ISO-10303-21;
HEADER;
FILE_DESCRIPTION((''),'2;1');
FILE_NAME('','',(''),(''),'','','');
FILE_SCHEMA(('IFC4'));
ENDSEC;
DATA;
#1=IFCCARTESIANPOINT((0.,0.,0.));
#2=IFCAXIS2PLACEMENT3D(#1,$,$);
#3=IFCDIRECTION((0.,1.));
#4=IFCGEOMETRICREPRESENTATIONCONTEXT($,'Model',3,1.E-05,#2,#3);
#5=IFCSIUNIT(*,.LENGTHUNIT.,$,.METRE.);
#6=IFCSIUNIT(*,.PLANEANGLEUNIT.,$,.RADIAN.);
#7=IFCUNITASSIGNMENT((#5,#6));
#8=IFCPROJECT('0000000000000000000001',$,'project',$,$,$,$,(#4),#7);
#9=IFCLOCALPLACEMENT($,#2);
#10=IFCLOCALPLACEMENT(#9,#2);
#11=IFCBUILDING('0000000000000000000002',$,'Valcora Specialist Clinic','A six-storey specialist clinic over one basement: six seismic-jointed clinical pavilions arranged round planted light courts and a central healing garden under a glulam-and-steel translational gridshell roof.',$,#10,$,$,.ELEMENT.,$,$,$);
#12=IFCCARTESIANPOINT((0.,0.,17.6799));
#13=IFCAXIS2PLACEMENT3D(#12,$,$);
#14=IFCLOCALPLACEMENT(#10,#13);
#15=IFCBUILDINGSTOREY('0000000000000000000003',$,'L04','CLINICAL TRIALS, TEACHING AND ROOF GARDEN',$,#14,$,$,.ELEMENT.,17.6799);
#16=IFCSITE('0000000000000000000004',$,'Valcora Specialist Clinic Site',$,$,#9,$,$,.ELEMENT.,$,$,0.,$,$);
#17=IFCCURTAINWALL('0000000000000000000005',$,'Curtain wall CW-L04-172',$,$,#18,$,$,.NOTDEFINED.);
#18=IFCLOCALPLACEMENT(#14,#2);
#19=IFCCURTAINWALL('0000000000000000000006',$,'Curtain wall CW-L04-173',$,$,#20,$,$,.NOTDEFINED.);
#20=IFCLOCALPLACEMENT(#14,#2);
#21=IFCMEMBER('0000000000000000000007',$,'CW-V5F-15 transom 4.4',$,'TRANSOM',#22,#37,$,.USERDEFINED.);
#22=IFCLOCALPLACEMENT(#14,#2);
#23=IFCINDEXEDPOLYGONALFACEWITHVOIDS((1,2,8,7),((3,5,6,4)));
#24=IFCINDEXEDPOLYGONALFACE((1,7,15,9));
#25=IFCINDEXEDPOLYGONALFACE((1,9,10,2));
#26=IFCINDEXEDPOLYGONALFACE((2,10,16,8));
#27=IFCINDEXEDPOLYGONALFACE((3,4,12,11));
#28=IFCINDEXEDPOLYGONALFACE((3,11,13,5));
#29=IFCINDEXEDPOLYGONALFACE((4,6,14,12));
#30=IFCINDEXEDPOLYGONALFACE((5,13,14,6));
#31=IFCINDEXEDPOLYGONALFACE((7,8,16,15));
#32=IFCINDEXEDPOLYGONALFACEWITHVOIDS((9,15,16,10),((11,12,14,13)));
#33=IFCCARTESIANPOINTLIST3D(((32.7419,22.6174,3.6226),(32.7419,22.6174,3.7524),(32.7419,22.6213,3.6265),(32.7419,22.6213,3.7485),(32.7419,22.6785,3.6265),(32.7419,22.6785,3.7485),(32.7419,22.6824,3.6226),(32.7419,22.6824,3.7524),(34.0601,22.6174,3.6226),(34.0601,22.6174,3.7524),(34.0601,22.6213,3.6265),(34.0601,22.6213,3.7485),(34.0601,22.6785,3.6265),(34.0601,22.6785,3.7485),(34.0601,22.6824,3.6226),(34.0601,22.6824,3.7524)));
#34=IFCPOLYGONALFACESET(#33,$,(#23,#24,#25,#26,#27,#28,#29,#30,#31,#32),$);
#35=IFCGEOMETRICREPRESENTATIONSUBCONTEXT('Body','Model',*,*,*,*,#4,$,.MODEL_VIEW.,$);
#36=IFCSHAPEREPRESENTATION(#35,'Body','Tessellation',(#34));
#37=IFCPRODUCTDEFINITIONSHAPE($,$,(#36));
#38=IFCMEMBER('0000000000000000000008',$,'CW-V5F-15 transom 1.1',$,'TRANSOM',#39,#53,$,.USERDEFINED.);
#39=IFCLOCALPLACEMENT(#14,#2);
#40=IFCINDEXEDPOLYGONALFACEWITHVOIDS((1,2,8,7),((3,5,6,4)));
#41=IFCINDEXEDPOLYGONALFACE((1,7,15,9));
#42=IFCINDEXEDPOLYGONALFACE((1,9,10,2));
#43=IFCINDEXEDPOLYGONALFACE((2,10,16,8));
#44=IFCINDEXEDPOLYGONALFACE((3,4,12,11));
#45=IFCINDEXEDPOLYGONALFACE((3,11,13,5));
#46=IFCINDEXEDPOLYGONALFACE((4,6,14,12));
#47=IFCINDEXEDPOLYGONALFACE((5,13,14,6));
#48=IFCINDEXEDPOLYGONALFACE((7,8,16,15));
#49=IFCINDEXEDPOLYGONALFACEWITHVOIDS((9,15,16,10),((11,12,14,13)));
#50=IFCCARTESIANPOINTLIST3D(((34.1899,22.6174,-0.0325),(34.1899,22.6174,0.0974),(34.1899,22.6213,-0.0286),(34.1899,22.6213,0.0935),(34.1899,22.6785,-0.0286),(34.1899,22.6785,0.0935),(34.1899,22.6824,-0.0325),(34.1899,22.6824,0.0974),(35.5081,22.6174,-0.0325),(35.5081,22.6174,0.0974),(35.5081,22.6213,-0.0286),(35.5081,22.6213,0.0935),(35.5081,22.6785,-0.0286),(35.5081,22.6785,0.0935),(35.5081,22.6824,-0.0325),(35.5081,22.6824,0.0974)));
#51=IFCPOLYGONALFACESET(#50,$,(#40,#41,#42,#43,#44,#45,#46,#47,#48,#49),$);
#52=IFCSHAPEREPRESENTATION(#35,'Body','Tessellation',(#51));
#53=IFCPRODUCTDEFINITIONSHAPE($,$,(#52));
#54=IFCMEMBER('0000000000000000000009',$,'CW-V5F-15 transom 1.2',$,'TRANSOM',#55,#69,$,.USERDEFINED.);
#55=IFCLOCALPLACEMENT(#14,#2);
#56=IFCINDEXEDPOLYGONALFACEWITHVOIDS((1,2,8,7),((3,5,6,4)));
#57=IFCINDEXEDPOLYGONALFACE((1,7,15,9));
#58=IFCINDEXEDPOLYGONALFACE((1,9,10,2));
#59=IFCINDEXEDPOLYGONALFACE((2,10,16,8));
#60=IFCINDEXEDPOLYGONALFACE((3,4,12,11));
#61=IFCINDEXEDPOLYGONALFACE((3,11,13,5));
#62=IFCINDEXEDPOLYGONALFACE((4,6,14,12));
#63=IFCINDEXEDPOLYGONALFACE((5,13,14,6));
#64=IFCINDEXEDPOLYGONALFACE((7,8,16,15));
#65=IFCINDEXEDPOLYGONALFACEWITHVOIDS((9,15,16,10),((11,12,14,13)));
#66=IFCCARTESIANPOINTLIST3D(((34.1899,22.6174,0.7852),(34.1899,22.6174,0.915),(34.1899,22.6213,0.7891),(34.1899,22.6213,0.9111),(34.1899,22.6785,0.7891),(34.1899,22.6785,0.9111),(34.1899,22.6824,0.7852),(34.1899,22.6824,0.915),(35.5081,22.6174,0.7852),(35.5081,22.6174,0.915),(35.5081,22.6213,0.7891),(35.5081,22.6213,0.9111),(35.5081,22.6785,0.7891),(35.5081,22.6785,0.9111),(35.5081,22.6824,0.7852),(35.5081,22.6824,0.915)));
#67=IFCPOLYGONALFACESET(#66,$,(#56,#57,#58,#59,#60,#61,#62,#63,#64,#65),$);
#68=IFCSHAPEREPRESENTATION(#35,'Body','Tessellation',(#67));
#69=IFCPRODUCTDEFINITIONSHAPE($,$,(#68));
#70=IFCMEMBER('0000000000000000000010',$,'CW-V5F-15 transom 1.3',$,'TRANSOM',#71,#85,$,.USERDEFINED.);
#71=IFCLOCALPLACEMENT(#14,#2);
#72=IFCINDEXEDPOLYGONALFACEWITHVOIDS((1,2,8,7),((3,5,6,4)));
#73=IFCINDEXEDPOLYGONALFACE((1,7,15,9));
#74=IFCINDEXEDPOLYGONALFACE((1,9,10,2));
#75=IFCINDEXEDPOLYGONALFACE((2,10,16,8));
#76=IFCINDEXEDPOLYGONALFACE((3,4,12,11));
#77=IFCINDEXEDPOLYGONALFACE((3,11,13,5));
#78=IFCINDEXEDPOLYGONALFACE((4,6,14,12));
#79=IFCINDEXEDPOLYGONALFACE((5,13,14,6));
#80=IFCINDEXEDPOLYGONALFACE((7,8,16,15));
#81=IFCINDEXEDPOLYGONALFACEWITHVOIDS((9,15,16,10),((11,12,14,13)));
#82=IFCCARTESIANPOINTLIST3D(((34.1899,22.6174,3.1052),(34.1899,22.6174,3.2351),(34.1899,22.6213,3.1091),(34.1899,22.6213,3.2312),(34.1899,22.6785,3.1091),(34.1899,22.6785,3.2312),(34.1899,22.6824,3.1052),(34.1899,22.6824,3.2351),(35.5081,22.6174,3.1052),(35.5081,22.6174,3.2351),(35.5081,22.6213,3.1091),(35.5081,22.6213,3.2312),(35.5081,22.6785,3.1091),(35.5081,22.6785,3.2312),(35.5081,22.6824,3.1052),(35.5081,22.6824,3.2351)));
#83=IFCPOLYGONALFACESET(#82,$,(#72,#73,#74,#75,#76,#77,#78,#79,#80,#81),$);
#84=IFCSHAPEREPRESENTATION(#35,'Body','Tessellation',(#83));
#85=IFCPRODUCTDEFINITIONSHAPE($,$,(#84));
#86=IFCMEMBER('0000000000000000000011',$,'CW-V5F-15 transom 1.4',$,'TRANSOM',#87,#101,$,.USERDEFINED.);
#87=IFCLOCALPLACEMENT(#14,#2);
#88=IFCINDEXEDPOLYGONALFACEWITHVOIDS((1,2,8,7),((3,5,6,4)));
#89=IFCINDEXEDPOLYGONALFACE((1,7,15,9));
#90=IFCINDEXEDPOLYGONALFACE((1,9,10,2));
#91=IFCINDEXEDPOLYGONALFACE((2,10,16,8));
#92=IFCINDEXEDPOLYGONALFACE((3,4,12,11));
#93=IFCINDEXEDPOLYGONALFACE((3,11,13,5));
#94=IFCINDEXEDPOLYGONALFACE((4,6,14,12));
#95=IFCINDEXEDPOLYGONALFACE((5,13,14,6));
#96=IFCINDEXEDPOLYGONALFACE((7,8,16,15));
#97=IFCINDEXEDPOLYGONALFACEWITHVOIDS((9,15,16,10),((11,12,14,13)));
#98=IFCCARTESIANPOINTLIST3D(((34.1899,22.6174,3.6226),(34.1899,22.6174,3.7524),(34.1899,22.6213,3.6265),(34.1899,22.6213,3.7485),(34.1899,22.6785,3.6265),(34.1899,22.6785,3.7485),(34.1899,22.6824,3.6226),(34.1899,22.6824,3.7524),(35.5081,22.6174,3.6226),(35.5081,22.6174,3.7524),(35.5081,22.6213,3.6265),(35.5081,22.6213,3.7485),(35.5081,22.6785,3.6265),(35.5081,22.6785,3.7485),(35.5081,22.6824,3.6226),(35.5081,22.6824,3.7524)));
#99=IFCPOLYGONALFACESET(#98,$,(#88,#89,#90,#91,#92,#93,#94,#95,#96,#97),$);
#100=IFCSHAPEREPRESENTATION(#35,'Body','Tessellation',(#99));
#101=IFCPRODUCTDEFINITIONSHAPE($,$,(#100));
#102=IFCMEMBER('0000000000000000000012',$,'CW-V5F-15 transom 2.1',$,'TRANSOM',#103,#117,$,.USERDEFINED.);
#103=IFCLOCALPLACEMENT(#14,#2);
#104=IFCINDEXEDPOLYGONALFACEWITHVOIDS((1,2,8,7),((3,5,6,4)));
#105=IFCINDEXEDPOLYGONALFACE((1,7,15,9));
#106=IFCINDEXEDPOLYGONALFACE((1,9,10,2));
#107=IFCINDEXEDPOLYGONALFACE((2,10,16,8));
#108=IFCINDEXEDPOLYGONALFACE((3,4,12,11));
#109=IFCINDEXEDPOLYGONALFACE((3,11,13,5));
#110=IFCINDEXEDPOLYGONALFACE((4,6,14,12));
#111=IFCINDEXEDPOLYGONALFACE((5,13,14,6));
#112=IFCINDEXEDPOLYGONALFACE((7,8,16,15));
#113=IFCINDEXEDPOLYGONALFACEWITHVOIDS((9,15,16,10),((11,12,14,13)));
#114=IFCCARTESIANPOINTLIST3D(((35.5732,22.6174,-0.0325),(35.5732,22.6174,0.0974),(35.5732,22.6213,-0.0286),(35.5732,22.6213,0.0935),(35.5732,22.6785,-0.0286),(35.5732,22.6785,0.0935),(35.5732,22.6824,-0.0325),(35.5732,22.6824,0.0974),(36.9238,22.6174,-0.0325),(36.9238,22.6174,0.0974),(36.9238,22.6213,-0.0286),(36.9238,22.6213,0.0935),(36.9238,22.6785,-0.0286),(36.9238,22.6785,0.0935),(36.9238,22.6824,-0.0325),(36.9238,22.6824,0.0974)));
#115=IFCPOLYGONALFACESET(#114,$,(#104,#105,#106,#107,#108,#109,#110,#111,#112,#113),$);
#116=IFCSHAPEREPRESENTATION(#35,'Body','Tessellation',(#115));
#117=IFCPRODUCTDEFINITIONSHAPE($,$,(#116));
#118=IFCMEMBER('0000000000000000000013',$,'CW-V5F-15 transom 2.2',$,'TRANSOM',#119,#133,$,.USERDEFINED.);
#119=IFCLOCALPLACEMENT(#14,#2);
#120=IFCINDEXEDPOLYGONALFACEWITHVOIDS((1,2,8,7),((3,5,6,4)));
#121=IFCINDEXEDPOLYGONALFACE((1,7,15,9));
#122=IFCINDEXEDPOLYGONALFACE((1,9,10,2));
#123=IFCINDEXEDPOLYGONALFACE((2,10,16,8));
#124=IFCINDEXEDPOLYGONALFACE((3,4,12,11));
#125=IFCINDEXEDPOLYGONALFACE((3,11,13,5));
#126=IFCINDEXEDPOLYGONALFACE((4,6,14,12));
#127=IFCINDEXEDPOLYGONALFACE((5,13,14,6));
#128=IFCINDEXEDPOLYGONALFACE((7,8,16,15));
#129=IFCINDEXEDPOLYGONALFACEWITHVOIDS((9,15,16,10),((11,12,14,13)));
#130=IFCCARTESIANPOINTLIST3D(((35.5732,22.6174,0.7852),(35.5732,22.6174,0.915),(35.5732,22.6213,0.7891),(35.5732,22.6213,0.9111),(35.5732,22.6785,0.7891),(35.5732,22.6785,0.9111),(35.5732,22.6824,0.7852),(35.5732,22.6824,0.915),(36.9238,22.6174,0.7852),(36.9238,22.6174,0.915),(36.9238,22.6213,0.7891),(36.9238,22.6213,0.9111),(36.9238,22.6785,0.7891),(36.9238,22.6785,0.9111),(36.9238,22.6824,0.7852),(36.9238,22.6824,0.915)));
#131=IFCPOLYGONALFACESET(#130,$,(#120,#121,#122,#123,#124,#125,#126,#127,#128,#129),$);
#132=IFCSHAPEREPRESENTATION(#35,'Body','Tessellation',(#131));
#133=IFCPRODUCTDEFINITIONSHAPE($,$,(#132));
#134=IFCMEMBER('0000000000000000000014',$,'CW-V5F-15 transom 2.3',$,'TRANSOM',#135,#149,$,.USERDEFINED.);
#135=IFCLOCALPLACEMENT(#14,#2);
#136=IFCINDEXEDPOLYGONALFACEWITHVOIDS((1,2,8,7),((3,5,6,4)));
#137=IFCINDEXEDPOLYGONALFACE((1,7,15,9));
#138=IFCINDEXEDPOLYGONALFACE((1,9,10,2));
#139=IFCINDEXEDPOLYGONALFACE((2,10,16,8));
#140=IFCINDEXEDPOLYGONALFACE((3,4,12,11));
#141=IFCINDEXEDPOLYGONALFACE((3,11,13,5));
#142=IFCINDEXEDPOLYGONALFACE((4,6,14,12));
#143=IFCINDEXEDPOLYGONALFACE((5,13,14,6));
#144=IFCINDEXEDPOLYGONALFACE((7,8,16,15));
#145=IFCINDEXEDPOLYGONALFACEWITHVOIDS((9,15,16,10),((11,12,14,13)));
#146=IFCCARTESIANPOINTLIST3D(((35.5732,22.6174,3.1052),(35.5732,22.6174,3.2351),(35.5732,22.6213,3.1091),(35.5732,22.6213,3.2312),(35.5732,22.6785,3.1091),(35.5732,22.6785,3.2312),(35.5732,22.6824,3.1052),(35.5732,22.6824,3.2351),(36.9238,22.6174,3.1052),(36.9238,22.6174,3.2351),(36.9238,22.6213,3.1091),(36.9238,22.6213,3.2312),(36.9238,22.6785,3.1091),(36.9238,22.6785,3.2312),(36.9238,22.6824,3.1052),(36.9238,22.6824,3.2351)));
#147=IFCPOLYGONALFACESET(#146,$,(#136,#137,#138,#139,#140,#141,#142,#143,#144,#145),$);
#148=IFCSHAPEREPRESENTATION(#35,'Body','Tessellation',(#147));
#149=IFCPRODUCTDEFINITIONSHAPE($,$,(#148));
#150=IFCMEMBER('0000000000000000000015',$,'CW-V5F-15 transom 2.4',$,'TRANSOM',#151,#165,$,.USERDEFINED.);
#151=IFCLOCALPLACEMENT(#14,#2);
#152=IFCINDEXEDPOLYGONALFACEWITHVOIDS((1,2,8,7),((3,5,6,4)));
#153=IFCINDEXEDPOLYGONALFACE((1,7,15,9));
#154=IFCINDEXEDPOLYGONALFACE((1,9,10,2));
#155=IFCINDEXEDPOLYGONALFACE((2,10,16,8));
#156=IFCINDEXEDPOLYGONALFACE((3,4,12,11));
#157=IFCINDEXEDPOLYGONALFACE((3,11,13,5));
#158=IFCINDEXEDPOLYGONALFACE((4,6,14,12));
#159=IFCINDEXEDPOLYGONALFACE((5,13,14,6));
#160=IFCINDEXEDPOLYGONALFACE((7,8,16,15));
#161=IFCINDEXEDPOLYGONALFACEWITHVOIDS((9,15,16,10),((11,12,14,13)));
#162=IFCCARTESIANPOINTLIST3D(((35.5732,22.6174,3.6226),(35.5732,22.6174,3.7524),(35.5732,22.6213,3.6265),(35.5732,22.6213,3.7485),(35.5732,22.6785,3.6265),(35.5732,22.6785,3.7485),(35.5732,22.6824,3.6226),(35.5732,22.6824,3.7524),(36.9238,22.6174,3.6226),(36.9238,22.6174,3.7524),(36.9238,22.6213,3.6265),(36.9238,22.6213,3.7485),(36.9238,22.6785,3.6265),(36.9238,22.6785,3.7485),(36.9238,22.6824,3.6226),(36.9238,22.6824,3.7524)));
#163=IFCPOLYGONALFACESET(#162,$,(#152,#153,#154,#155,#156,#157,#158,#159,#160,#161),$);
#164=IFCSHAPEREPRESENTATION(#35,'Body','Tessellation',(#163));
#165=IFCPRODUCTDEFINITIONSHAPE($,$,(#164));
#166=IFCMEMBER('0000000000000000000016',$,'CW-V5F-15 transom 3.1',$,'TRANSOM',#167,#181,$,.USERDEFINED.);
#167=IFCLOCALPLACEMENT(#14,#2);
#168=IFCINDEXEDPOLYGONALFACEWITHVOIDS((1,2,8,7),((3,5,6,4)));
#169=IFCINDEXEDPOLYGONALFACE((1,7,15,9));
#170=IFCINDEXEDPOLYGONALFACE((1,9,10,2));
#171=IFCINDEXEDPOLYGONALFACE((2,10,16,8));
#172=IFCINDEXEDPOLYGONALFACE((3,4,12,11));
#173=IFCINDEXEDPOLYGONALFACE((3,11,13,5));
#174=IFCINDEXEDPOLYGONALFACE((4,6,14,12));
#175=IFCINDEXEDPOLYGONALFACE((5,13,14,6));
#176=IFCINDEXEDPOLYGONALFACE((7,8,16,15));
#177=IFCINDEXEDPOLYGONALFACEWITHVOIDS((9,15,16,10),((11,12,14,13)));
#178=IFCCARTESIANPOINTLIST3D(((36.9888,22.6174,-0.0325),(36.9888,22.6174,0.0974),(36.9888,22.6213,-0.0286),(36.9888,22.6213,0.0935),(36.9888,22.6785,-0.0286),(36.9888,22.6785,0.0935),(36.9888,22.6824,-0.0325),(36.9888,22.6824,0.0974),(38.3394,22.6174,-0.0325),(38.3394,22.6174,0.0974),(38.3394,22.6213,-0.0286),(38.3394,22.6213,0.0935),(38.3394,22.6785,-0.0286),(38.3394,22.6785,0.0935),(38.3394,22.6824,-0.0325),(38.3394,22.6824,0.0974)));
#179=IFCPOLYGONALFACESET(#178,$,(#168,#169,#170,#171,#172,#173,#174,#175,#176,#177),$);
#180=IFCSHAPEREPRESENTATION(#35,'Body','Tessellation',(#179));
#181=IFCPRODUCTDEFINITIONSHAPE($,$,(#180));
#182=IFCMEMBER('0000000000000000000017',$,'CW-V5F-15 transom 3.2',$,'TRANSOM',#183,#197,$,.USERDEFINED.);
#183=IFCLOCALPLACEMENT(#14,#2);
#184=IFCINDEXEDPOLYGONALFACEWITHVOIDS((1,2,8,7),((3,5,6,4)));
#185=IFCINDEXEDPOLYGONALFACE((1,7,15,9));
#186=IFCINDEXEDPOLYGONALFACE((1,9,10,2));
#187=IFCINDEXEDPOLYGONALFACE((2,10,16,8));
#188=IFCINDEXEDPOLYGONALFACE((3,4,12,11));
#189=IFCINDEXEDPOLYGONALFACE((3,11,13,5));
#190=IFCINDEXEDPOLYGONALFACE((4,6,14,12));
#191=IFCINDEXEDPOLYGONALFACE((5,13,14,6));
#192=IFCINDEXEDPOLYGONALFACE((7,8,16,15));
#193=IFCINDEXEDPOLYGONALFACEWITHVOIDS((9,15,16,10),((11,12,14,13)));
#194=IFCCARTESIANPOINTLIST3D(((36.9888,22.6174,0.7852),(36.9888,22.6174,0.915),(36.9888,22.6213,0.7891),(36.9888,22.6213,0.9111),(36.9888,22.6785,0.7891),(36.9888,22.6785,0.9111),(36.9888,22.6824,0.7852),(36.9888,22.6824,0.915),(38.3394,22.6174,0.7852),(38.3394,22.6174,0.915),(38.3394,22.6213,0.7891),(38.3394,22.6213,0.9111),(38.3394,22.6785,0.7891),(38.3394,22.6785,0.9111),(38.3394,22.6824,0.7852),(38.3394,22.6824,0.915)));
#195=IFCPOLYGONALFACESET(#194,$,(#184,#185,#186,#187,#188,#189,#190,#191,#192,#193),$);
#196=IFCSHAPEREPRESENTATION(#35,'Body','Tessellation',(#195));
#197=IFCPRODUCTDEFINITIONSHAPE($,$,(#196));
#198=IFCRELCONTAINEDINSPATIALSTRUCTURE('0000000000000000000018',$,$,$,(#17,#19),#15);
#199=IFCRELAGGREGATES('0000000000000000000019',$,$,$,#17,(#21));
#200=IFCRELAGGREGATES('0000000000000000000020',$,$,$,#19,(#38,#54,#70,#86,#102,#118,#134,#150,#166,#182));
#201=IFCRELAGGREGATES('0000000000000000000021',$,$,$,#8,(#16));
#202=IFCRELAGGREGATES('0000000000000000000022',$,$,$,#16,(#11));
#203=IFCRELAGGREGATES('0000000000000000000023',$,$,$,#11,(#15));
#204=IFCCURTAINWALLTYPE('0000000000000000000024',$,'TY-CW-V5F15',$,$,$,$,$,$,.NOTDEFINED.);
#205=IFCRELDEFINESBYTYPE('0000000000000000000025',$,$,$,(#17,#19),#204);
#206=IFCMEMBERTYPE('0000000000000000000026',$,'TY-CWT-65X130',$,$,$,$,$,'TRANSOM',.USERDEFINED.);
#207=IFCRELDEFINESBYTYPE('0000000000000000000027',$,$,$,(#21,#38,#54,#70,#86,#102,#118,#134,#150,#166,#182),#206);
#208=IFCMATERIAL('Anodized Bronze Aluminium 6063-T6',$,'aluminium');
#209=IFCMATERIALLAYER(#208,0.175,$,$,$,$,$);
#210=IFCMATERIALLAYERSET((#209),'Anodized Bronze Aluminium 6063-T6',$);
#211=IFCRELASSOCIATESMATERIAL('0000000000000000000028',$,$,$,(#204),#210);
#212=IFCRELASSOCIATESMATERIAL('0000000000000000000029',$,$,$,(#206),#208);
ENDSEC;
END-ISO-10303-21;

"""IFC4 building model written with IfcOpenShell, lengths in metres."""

from ifc_helpers import new_model, si_unit, direction, frame, origin, origin_2d, place, context, subcontext, project, spatial, hollow_rectangle, extrude, material, layer, layer_set, material_profile, profile_set, type_object, element, aggregate, save


model = new_model("IFC4")

# Units and contexts
model_context = context("Model", 3, precision=1e-05, world=origin(), true_north=direction((0.0, 1.0)))
body_context = subcontext(model_context, "Body", "Model", "MODEL_VIEW")
ifc_project = project(units=[si_unit("LENGTHUNIT", "METRE"), si_unit("PLANEANGLEUNIT", "RADIAN")], contexts=[model_context])

# Site, building, storey
site_placement = place(None, origin())
site = spatial("IfcSite", under=ifc_project, at=site_placement, Name="Valcora Specialist Clinic Site", CompositionType="ELEMENT", RefElevation=0.0)
building_placement = place(site_placement, origin())
building = spatial("IfcBuilding", under=site, at=building_placement, Name="Valcora Specialist Clinic", Description="A six-storey specialist clinic over one basement: six seismic-jointed clinical pavilions arranged round planted light courts and a central healing garden under a glulam-and-steel translational gridshell roof.", CompositionType="ELEMENT")
storey_placement = place(building_placement, frame((0.0, 0.0, 17.6799)))
storey = spatial("IfcBuildingStorey", under=building, at=storey_placement, Name="L04", Description="CLINICAL TRIALS, TEACHING AND ROOF GARDEN", CompositionType="ELEMENT", Elevation=17.6799)

# Curtain walls
ifc_material_1 = material(Name="Anodized Bronze Aluminium 6063-T6", Category="aluminium")
ifc_layer_1 = layer(ifc_material_1, 0.175)
ifc_layer_set_1 = layer_set([ifc_layer_1], Name="Anodized Bronze Aluminium 6063-T6")
curtain_wall_type = type_object("IfcCurtainWallType", Name="TY-CW-V5F15", PredefinedType="NOTDEFINED", material=ifc_layer_set_1)
curtain_wall_1_placement = place(storey_placement, origin())
curtain_wall_1 = element("IfcCurtainWall", 1, at=curtain_wall_1_placement, inside=storey, type_object=curtain_wall_type, Name="Curtain wall CW-L04-172", PredefinedType="NOTDEFINED")
curtain_wall_2_placement = place(storey_placement, origin())
curtain_wall_2 = element("IfcCurtainWall", 2, at=curtain_wall_2_placement, inside=storey, type_object=curtain_wall_type, Name="Curtain wall CW-L04-173", PredefinedType="NOTDEFINED")

# Members
ifc_material_profile_1 = material_profile(ifc_material_1, hollow_rectangle(XDim=0.0649, YDim=0.1299, WallThickness=0.0039, at=origin_2d()), Name="AL-TRN-65X130")
ifc_profile_set_1 = profile_set([ifc_material_profile_1], Name="Anodized Bronze Aluminium 6063-T6")
member_type_1 = type_object("IfcMemberType", Name="TY-CWT-65X130", ElementType="TRANSOM", PredefinedType="USERDEFINED", material=ifc_profile_set_1)
member_1_placement = place(storey_placement, frame((32.7419, 22.6499, 3.6875), z_axis=(1.0, 0.0, 0.0), x_axis=(0.0, 1.0, 0.0)))
member_1 = element("IfcMember", 3, at=member_1_placement, type_object=member_type_1, Name="CW-V5F-15 transom 4.4", ObjectType="TRANSOM", PredefinedType="USERDEFINED", context=body_context, shape_type="SweptSolid", body=[
    extrude(hollow_rectangle(XDim=0.0649, YDim=0.1299, WallThickness=0.0039, at=origin_2d()), origin(), (0.0, 0.0, 1.0), 1.3181),
])
member_2_placement = place(storey_placement, frame((34.1899, 22.6499, 0.0325), z_axis=(1.0, 0.0, 0.0), x_axis=(0.0, 1.0, 0.0)))
member_2 = element("IfcMember", 4, at=member_2_placement, type_object=member_type_1, Name="CW-V5F-15 transom 1.1", ObjectType="TRANSOM", PredefinedType="USERDEFINED", context=body_context, shape_type="SweptSolid", body=[
    extrude(hollow_rectangle(XDim=0.0649, YDim=0.1299, WallThickness=0.0039, at=origin_2d()), origin(), (0.0, 0.0, 1.0), 1.3181),
])
member_3_placement = place(storey_placement, frame((34.1899, 22.6499, 0.8501), z_axis=(1.0, 0.0, 0.0), x_axis=(0.0, 1.0, 0.0)))
member_3 = element("IfcMember", 5, at=member_3_placement, type_object=member_type_1, Name="CW-V5F-15 transom 1.2", ObjectType="TRANSOM", PredefinedType="USERDEFINED", context=body_context, shape_type="SweptSolid", body=[
    extrude(hollow_rectangle(XDim=0.0649, YDim=0.1299, WallThickness=0.0039, at=origin_2d()), origin(), (0.0, 0.0, 1.0), 1.3181),
])
member_4_placement = place(storey_placement, frame((34.1899, 22.6499, 3.1702), z_axis=(1.0, 0.0, 0.0), x_axis=(0.0, 1.0, 0.0)))
member_4 = element("IfcMember", 6, at=member_4_placement, type_object=member_type_1, Name="CW-V5F-15 transom 1.3", ObjectType="TRANSOM", PredefinedType="USERDEFINED", context=body_context, shape_type="SweptSolid", body=[
    extrude(hollow_rectangle(XDim=0.0649, YDim=0.1299, WallThickness=0.0039, at=origin_2d()), origin(), (0.0, 0.0, 1.0), 1.3181),
])
member_5_placement = place(storey_placement, frame((34.1899, 22.6499, 3.6875), z_axis=(1.0, 0.0, 0.0), x_axis=(0.0, 1.0, 0.0)))
member_5 = element("IfcMember", 7, at=member_5_placement, type_object=member_type_1, Name="CW-V5F-15 transom 1.4", ObjectType="TRANSOM", PredefinedType="USERDEFINED", context=body_context, shape_type="SweptSolid", body=[
    extrude(hollow_rectangle(XDim=0.0649, YDim=0.1299, WallThickness=0.0039, at=origin_2d()), origin(), (0.0, 0.0, 1.0), 1.3181),
])
member_6_placement = place(storey_placement, frame((35.5732, 22.6499, 0.0325), z_axis=(1.0, 0.0, 0.0), x_axis=(0.0, 1.0, 0.0)))
member_6 = element("IfcMember", 8, at=member_6_placement, type_object=member_type_1, Name="CW-V5F-15 transom 2.1", ObjectType="TRANSOM", PredefinedType="USERDEFINED", context=body_context, shape_type="SweptSolid", body=[
    extrude(hollow_rectangle(XDim=0.0649, YDim=0.1299, WallThickness=0.0039, at=origin_2d()), origin(), (0.0, 0.0, 1.0), 1.3506),
])
member_7_placement = place(storey_placement, frame((35.5732, 22.6499, 0.8501), z_axis=(1.0, 0.0, 0.0), x_axis=(0.0, 1.0, 0.0)))
member_7 = element("IfcMember", 9, at=member_7_placement, type_object=member_type_1, Name="CW-V5F-15 transom 2.2", ObjectType="TRANSOM", PredefinedType="USERDEFINED", context=body_context, shape_type="SweptSolid", body=[
    extrude(hollow_rectangle(XDim=0.0649, YDim=0.1299, WallThickness=0.0039, at=origin_2d()), origin(), (0.0, 0.0, 1.0), 1.3506),
])
member_8_placement = place(storey_placement, frame((35.5732, 22.6499, 3.1702), z_axis=(1.0, 0.0, 0.0), x_axis=(0.0, 1.0, 0.0)))
member_8 = element("IfcMember", 10, at=member_8_placement, type_object=member_type_1, Name="CW-V5F-15 transom 2.3", ObjectType="TRANSOM", PredefinedType="USERDEFINED", context=body_context, shape_type="SweptSolid", body=[
    extrude(hollow_rectangle(XDim=0.0649, YDim=0.1299, WallThickness=0.0039, at=origin_2d()), origin(), (0.0, 0.0, 1.0), 1.3506),
])
member_9_placement = place(storey_placement, frame((35.5732, 22.6499, 3.6875), z_axis=(1.0, 0.0, 0.0), x_axis=(0.0, 1.0, 0.0)))
member_9 = element("IfcMember", 11, at=member_9_placement, type_object=member_type_1, Name="CW-V5F-15 transom 2.4", ObjectType="TRANSOM", PredefinedType="USERDEFINED", context=body_context, shape_type="SweptSolid", body=[
    extrude(hollow_rectangle(XDim=0.0649, YDim=0.1299, WallThickness=0.0039, at=origin_2d()), origin(), (0.0, 0.0, 1.0), 1.3506),
])
member_10_placement = place(storey_placement, frame((36.9888, 22.6499, 0.0325), z_axis=(1.0, 0.0, 0.0), x_axis=(0.0, 1.0, 0.0)))
member_10 = element("IfcMember", 12, at=member_10_placement, type_object=member_type_1, Name="CW-V5F-15 transom 3.1", ObjectType="TRANSOM", PredefinedType="USERDEFINED", context=body_context, shape_type="SweptSolid", body=[
    extrude(hollow_rectangle(XDim=0.0649, YDim=0.1299, WallThickness=0.0039, at=origin_2d()), origin(), (0.0, 0.0, 1.0), 1.3506),
])
member_11_placement = place(storey_placement, frame((36.9888, 22.6499, 0.8501), z_axis=(1.0, 0.0, 0.0), x_axis=(0.0, 1.0, 0.0)))
member_11 = element("IfcMember", 13, at=member_11_placement, type_object=member_type_1, Name="CW-V5F-15 transom 3.2", ObjectType="TRANSOM", PredefinedType="USERDEFINED", context=body_context, shape_type="SweptSolid", body=[
    extrude(hollow_rectangle(XDim=0.0649, YDim=0.1299, WallThickness=0.0039, at=origin_2d()), origin(), (0.0, 0.0, 1.0), 1.3506),
])

aggregate(curtain_wall_1, [member_1])
aggregate(curtain_wall_2, [member_2, member_3, member_4, member_5, member_6, member_7, member_8, member_9, member_10, member_11])

save(model, "model.ifc")
